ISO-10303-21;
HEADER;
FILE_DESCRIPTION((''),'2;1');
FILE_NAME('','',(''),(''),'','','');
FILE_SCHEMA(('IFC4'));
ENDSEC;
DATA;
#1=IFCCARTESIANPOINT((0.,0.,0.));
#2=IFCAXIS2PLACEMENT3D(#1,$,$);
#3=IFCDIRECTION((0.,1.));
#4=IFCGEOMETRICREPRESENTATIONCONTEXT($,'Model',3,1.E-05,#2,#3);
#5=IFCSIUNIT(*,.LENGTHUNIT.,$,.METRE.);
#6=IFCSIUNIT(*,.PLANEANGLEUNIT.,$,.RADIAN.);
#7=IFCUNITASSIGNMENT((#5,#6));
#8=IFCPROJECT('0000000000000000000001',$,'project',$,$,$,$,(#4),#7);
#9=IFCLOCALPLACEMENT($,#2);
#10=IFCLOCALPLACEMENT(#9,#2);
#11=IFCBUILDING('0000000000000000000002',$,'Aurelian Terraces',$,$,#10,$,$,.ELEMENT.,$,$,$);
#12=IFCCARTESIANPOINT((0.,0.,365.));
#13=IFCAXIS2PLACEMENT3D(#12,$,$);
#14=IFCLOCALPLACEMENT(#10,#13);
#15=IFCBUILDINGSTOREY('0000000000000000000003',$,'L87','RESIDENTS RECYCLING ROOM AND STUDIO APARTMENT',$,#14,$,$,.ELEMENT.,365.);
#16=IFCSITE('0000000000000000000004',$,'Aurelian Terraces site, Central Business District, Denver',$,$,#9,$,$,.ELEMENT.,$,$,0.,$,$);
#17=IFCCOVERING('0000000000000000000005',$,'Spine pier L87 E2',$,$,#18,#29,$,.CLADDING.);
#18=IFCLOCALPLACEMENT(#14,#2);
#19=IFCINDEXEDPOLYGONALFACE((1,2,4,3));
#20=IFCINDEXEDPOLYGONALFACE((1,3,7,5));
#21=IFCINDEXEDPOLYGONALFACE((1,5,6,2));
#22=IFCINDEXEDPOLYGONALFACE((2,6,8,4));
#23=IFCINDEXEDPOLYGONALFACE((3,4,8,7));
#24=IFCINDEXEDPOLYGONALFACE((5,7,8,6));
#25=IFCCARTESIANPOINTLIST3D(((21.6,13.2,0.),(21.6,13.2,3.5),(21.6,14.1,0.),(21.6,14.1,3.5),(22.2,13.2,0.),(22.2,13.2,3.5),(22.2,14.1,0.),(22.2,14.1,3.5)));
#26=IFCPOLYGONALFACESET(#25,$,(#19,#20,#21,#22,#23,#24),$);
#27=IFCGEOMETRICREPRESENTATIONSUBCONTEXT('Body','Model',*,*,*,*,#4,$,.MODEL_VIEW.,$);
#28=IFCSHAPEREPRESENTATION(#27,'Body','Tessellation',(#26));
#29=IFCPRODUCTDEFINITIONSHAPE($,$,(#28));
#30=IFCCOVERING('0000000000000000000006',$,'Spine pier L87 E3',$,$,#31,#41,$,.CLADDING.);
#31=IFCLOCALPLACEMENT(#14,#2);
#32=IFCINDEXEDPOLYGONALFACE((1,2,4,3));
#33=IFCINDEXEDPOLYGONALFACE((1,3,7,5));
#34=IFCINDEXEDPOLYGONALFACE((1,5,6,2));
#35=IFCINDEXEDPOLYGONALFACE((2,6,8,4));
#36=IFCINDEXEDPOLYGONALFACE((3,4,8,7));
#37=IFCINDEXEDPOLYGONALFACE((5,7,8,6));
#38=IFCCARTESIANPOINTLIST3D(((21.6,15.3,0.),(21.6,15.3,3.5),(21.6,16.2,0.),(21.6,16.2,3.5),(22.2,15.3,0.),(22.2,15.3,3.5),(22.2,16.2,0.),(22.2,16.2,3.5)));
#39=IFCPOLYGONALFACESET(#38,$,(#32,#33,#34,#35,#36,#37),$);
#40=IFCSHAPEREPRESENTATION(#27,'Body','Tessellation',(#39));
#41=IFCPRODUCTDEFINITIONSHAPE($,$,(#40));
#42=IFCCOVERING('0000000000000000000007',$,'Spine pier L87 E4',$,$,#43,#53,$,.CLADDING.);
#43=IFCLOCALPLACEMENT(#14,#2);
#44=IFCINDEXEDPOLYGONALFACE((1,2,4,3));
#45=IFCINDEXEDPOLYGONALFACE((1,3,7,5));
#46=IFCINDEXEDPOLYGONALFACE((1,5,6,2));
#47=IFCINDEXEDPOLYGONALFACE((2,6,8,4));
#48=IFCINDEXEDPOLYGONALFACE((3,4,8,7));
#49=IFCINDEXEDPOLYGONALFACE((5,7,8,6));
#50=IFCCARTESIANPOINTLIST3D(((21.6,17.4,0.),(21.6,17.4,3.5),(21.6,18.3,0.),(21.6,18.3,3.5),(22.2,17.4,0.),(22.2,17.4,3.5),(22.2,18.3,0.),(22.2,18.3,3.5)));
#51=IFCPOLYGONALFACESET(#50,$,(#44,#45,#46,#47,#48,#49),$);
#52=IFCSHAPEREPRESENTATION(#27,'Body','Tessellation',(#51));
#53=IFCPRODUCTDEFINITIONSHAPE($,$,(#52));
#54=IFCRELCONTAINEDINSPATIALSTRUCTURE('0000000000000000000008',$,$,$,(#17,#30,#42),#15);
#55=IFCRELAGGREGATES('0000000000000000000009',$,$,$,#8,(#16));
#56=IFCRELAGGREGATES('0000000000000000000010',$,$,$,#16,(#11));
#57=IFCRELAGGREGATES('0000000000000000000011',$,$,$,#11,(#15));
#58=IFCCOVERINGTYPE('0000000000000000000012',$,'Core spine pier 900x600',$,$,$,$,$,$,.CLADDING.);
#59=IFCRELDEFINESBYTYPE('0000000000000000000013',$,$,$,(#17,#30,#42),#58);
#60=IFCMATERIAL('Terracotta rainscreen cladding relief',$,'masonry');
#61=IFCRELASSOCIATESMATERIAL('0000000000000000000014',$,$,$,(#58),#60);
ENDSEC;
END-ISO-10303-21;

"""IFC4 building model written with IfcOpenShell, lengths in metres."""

from ifc_helpers import new_model, si_unit, direction, frame, origin, origin_2d, place, context, subcontext, project, spatial, rectangle, extrude, source, transform, mapped, material, type_object, element, save


model = new_model("IFC4")

# Units and contexts
model_context = context("Model", 3, precision=1e-05, world=origin(), true_north=direction((0.0, 1.0)))
body_context = subcontext(model_context, "Body", "Model", "MODEL_VIEW")
ifc_project = project(units=[si_unit("LENGTHUNIT", "METRE"), si_unit("PLANEANGLEUNIT", "RADIAN")], contexts=[model_context])

# Site, building, storey
site_placement = place(None, origin())
site = spatial("IfcSite", under=ifc_project, at=site_placement, Name="Aurelian Terraces site, Central Business District, Denver", CompositionType="ELEMENT", RefElevation=0.0)
building_placement = place(site_placement, origin())
building = spatial("IfcBuilding", under=site, at=building_placement, Name="Aurelian Terraces", CompositionType="ELEMENT")
storey_placement = place(building_placement, frame((0.0, 0.0, 365.0)))
storey = spatial("IfcBuildingStorey", under=building, at=storey_placement, Name="L87", Description="RESIDENTS RECYCLING ROOM AND STUDIO APARTMENT", CompositionType="ELEMENT", Elevation=365.0)

# Coverings
ifc_material_1 = material(Name="Terracotta rainscreen cladding relief", Category="masonry")
covering_type_1 = type_object("IfcCoveringType", Name="Core spine pier 900x600", PredefinedType="CLADDING", material=ifc_material_1)
shared_shape_1 = source(origin(), body_context, "Body", "SweptSolid", [
    extrude(rectangle(XDim=0.6, YDim=0.9, at=origin_2d()), origin(), (0.0, 0.0, 1.0), 3.5),
])
for number, where, z_axis, x_axis, name in (
    (1, (21.9, 13.65, 0.0), (0.0, 0.0, 1.0), (1.0, 0.0, 0.0), "Spine pier L87 E2"),
    (2, (21.9, 15.75, 0.0), (0.0, 0.0, 1.0), (1.0, 0.0, 0.0), "Spine pier L87 E3"),
    (3, (21.9, 17.85, 0.0), (0.0, 0.0, 1.0), (1.0, 0.0, 0.0), "Spine pier L87 E4"),
):
    element("IfcCovering", number, at=place(storey_placement, frame(where, z_axis=z_axis, x_axis=x_axis)), inside=storey, type_object=covering_type_1, Name=name, PredefinedType="CLADDING", context=body_context, shape_type="MappedRepresentation", body=[
        mapped(shared_shape_1, transform((0.0, 0.0, 0.0), scale=1.0)),
    ])

save(model, "model.ifc")
